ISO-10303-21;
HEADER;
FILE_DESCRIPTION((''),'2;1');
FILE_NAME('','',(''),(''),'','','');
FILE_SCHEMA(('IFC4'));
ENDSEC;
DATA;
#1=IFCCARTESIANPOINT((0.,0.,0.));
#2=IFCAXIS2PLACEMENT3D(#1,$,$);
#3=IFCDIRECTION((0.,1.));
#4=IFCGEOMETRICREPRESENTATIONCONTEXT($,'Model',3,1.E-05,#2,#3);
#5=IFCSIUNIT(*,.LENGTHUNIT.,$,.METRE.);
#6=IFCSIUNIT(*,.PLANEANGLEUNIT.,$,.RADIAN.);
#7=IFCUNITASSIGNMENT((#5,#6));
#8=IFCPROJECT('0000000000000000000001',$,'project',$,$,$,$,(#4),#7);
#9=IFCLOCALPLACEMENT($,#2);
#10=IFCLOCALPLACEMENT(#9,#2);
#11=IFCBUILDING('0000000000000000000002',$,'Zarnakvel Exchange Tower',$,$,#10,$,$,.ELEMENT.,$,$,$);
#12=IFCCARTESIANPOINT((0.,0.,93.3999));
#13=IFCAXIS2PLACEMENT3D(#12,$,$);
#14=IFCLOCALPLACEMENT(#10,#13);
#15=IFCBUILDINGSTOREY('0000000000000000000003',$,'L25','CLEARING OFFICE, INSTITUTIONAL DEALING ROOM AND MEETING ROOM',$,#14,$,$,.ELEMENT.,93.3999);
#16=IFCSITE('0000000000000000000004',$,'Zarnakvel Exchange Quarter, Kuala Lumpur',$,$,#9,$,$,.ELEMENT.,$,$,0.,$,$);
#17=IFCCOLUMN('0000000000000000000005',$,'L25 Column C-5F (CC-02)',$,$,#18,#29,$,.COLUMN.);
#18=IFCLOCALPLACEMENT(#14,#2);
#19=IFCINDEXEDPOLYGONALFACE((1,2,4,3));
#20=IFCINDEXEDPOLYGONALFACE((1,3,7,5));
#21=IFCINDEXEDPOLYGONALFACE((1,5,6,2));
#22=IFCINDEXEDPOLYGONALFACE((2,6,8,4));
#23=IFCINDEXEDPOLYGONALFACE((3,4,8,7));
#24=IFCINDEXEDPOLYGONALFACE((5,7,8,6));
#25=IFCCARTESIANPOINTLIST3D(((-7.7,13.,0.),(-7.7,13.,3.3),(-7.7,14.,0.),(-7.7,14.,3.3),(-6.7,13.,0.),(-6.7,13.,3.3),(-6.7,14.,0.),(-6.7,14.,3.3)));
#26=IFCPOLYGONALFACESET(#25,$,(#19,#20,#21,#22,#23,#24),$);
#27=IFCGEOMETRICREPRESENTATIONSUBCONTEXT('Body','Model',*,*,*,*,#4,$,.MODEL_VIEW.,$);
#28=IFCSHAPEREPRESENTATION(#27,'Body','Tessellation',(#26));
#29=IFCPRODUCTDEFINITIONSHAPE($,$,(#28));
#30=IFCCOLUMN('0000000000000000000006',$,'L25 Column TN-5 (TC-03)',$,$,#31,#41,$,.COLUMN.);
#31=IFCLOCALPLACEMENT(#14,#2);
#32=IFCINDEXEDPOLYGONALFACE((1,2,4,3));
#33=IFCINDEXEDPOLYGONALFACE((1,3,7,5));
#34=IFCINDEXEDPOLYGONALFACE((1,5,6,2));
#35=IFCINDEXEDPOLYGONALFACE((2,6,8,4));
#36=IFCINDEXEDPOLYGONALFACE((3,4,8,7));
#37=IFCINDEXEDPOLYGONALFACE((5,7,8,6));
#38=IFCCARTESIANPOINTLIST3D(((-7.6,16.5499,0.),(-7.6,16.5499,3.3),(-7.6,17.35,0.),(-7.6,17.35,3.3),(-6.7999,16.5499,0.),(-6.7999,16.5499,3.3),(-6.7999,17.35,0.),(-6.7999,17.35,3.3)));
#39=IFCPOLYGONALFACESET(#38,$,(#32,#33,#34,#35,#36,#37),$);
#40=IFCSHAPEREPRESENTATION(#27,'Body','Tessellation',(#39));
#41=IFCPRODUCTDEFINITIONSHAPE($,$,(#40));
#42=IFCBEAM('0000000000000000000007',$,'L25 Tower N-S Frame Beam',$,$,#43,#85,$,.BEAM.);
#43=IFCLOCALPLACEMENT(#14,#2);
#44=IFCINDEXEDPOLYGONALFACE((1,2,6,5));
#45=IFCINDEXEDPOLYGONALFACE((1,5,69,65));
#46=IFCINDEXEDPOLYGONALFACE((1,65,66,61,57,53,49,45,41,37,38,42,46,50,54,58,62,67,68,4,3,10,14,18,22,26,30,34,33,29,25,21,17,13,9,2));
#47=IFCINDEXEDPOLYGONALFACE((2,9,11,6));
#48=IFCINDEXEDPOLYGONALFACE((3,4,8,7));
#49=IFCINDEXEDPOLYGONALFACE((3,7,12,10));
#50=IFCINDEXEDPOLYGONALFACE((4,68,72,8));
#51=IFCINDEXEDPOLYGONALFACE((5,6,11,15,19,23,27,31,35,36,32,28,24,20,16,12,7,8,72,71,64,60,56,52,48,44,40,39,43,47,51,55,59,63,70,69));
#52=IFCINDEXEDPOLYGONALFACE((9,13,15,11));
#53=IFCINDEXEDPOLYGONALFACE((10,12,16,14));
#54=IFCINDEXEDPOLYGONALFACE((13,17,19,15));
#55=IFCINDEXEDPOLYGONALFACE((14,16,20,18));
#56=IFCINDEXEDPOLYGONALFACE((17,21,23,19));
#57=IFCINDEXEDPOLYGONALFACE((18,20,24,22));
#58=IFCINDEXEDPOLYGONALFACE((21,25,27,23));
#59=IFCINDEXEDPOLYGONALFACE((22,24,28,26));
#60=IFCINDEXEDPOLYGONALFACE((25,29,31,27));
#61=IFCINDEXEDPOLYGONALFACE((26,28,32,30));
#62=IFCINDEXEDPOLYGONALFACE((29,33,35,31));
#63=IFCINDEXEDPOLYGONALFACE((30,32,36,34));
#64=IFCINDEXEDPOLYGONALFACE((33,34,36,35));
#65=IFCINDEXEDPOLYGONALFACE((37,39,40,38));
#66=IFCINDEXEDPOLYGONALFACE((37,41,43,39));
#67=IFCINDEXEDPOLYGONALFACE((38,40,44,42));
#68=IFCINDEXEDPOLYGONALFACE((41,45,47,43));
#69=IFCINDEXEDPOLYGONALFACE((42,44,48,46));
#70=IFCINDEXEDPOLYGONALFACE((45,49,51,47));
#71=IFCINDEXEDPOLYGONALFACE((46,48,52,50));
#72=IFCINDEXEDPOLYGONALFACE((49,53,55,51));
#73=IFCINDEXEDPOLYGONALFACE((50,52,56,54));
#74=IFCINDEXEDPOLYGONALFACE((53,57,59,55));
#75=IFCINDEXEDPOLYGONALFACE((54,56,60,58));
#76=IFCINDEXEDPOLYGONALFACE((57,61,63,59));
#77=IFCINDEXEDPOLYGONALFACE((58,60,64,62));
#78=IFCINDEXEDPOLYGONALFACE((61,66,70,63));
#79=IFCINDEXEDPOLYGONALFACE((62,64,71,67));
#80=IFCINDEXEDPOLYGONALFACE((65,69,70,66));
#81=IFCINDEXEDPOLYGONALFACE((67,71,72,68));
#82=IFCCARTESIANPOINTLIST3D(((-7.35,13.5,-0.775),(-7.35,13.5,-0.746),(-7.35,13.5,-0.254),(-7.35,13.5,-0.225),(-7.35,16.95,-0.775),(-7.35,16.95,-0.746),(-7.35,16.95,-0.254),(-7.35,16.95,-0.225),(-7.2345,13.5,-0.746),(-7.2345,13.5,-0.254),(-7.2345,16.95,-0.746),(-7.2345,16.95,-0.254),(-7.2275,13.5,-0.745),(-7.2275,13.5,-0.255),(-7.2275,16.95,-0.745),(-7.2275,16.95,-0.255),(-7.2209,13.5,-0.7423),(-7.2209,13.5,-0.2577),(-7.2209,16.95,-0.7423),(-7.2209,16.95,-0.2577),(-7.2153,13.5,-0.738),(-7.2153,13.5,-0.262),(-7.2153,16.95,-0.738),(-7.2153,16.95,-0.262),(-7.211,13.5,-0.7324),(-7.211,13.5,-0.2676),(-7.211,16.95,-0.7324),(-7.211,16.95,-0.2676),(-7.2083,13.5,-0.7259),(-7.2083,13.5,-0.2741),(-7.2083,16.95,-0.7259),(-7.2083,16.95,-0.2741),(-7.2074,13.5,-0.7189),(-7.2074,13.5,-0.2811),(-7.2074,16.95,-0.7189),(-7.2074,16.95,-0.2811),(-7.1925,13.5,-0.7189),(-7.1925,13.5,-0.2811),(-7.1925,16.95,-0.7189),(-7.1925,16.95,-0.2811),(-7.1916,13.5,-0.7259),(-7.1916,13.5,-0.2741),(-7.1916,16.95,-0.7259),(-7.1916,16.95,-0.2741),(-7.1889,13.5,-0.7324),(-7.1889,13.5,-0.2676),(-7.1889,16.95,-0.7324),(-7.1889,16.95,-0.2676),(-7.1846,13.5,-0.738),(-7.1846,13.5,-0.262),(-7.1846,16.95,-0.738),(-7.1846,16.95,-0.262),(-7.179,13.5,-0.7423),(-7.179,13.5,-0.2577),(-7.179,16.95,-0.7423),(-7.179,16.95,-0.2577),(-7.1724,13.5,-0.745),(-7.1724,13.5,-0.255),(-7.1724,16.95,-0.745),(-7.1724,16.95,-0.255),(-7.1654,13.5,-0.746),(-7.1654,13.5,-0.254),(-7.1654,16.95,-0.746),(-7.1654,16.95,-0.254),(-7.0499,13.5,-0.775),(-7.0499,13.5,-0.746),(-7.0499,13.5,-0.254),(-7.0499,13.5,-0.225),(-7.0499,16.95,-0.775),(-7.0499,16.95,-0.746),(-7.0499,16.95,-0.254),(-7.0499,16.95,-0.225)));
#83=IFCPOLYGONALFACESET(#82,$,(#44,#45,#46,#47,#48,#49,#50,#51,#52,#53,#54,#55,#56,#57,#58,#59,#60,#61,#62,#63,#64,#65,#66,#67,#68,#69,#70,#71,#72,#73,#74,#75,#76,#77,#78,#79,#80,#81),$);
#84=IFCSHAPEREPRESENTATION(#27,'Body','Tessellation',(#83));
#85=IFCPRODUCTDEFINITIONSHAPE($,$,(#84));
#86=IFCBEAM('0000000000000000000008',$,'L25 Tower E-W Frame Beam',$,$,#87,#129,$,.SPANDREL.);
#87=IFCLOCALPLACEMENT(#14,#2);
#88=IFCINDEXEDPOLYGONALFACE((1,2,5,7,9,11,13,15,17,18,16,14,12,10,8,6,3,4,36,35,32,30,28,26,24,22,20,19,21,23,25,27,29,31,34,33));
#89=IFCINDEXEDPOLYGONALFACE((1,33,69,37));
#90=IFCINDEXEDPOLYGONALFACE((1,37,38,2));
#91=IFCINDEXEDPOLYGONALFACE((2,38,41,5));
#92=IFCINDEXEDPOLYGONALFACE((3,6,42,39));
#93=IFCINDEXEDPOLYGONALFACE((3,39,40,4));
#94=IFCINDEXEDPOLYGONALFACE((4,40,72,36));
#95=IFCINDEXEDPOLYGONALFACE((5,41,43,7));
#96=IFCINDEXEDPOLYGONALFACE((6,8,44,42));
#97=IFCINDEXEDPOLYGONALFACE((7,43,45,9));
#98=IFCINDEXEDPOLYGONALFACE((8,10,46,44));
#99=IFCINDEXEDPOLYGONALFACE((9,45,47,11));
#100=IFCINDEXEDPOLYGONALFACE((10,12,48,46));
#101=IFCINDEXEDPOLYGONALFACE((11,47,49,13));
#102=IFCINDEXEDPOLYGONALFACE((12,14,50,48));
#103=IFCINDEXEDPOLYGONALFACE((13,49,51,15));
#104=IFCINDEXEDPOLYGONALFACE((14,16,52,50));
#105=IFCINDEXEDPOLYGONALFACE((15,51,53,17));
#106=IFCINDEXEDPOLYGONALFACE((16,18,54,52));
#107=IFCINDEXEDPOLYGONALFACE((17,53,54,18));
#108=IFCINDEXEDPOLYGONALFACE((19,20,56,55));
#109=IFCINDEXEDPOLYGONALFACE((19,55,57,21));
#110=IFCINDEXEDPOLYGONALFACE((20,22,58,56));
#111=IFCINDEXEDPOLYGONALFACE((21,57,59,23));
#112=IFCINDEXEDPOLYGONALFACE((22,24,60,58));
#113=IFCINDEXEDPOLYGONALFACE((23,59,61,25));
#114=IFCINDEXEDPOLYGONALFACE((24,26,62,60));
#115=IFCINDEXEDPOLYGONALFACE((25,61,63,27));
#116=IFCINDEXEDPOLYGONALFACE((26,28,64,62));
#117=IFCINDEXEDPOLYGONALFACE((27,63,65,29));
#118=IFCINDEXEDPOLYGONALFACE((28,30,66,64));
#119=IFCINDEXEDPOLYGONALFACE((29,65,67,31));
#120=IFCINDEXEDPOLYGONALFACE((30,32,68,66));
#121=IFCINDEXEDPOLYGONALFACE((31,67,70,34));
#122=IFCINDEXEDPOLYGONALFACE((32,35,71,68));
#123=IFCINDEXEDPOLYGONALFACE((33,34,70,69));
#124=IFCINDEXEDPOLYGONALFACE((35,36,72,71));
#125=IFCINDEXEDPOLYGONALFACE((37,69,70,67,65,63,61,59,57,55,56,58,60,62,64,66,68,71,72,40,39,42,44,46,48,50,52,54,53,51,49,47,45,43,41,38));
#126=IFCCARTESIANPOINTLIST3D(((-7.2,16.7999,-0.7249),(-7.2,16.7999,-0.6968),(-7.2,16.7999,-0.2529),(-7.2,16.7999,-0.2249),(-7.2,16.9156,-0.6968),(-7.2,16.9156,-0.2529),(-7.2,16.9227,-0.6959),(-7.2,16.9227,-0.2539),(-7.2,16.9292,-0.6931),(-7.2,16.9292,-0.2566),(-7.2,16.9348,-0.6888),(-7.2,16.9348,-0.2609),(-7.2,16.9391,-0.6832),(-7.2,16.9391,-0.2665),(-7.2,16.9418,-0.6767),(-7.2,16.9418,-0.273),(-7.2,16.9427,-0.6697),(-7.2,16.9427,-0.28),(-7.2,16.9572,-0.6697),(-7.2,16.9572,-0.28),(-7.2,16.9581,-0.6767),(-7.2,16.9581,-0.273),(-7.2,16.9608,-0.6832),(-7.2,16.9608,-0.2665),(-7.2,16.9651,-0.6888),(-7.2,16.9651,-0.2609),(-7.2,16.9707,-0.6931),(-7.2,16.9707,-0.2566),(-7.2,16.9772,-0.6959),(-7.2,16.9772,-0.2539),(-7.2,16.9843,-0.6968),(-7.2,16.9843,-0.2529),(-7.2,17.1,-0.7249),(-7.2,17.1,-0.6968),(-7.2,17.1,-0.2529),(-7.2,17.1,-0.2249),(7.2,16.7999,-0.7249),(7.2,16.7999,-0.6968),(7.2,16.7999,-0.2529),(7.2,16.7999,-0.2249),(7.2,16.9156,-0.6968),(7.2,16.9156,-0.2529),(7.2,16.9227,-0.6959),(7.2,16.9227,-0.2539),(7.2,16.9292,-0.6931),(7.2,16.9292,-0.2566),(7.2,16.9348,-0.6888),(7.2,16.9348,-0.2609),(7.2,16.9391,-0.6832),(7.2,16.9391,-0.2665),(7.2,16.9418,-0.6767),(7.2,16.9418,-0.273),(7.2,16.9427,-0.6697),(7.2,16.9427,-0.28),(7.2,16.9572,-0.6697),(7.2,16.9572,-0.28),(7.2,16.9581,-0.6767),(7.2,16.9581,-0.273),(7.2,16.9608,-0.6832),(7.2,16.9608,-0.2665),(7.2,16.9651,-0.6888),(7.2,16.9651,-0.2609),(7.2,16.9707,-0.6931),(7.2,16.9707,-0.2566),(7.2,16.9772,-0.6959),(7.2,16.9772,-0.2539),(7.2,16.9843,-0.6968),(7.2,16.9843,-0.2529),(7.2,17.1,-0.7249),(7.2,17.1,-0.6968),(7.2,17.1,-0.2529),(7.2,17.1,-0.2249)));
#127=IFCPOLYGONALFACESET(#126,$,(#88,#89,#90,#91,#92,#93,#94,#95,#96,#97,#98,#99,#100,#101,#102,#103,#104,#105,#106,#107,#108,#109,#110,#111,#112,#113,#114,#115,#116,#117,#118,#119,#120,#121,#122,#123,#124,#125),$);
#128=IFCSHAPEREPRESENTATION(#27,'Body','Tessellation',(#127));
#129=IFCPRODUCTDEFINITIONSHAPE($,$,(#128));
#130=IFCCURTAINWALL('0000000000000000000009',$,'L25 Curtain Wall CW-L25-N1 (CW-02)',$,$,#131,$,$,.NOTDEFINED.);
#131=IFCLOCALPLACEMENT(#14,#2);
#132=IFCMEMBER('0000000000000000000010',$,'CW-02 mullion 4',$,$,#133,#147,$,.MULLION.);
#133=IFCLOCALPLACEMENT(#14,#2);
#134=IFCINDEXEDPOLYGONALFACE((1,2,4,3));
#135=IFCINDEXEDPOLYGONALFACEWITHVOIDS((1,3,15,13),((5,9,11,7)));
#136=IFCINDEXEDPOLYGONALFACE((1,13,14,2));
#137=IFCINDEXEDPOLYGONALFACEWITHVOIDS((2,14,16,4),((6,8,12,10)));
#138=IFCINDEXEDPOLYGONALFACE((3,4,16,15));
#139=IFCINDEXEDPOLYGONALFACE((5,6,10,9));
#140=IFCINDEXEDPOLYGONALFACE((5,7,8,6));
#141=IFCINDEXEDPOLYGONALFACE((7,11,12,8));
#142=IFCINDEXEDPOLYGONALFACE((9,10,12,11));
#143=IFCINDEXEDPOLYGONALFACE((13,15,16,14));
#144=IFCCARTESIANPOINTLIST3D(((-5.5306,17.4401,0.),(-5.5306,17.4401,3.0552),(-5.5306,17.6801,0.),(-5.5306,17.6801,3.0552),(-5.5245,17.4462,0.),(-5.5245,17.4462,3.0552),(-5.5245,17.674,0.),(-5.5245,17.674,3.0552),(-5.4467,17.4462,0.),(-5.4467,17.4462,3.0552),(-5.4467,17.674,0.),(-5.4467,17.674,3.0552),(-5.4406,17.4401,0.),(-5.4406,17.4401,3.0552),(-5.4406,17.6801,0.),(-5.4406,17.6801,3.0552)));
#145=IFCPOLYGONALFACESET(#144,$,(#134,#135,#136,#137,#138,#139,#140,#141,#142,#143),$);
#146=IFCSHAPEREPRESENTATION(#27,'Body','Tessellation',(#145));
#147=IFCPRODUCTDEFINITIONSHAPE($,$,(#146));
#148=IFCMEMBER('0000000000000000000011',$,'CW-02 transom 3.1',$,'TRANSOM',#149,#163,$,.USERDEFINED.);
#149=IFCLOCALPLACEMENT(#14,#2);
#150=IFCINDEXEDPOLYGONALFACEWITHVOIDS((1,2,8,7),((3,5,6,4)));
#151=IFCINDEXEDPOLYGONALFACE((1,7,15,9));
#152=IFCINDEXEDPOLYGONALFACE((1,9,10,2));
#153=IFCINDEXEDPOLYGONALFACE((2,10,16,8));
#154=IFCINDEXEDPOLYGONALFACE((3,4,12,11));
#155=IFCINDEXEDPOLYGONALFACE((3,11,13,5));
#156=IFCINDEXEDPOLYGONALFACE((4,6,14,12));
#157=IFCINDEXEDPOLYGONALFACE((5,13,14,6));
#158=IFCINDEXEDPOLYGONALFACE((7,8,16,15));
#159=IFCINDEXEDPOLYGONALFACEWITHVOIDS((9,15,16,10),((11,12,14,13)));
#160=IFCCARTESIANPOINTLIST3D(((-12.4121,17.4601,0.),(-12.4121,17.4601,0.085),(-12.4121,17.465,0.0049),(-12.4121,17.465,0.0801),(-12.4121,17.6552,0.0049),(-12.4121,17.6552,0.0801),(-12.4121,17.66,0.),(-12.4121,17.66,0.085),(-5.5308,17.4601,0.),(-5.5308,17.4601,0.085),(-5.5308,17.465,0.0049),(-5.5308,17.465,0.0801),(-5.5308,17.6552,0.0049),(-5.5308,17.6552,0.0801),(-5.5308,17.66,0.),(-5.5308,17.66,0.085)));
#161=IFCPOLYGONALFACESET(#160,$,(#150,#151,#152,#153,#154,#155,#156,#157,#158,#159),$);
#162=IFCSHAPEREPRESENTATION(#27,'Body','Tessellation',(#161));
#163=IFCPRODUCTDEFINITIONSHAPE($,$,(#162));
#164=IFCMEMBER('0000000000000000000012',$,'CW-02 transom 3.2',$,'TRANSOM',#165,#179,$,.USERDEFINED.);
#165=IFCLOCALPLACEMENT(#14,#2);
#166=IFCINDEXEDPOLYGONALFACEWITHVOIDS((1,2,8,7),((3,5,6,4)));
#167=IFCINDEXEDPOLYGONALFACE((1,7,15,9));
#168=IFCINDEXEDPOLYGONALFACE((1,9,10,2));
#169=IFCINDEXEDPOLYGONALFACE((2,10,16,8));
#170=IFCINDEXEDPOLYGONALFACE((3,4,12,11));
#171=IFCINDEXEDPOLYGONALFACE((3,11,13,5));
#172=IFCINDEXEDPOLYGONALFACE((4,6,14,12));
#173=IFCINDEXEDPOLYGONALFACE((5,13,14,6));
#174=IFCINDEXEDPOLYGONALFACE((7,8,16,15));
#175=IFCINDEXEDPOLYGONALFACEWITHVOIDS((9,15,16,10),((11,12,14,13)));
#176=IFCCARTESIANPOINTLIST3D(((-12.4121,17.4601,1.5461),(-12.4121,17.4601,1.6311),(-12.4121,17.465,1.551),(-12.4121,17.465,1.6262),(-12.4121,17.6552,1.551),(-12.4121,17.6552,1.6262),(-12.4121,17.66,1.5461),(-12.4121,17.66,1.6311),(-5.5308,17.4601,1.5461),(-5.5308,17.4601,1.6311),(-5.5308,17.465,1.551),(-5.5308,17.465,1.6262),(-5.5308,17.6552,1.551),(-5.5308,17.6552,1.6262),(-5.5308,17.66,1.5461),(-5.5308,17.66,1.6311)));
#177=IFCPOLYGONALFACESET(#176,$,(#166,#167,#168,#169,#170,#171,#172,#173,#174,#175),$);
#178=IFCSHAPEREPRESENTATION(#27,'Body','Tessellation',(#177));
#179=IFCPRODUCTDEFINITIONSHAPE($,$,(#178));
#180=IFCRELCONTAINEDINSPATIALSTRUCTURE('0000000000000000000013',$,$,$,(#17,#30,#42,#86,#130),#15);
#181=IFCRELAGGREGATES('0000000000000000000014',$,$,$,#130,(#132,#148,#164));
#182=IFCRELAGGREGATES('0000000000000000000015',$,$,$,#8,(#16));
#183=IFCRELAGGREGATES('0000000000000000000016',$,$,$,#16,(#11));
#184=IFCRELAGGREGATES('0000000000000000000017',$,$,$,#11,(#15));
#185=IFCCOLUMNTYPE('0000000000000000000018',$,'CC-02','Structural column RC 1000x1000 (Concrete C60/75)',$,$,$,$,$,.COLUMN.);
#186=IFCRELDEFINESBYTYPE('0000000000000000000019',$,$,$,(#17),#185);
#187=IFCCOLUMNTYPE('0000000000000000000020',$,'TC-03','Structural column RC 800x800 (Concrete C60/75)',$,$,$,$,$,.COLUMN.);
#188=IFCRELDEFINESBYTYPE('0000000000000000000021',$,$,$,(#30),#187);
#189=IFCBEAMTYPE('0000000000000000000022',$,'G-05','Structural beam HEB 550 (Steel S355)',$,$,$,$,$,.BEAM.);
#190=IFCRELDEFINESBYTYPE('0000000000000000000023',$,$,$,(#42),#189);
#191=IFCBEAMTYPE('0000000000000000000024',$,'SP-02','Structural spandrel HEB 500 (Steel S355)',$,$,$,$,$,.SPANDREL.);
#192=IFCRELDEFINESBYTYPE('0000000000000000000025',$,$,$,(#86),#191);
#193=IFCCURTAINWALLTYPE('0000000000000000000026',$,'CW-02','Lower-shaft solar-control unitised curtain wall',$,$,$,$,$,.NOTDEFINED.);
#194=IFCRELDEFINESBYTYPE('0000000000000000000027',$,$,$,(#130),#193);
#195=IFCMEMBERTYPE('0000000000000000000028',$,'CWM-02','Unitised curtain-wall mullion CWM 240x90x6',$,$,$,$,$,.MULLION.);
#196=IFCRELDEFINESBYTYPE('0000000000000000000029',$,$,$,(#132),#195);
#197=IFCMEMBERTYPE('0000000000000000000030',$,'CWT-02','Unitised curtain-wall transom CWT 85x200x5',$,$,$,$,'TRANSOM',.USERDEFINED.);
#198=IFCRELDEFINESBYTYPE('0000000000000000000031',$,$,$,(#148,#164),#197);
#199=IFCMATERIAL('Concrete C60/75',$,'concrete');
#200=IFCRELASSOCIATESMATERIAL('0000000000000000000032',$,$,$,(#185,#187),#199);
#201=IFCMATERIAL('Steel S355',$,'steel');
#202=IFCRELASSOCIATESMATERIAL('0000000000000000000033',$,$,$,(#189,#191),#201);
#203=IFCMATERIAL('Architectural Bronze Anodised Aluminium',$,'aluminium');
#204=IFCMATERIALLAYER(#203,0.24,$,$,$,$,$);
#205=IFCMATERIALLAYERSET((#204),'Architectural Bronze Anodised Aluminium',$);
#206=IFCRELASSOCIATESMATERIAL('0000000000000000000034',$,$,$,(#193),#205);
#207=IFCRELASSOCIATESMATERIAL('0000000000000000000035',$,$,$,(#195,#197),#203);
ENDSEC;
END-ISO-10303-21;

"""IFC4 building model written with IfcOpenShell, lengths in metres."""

from ifc_helpers import new_model, si_unit, direction, frame, origin, origin_2d, place, context, subcontext, project, spatial, rectangle, hollow_rectangle, i_section, extrude, source, transform, mapped, material, layer, layer_set, material_profile, profile_set, type_object, element, aggregate, save


model = new_model("IFC4")

# Units and contexts
model_context = context("Model", 3, precision=1e-05, world=origin(), true_north=direction((0.0, 1.0)))
body_context = subcontext(model_context, "Body", "Model", "MODEL_VIEW")
ifc_project = project(units=[si_unit("LENGTHUNIT", "METRE"), si_unit("PLANEANGLEUNIT", "RADIAN")], contexts=[model_context])

# Site, building, storey
site_placement = place(None, origin())
site = spatial("IfcSite", under=ifc_project, at=site_placement, Name="Zarnakvel Exchange Quarter, Kuala Lumpur", CompositionType="ELEMENT", RefElevation=0.0)
building_placement = place(site_placement, origin())
building = spatial("IfcBuilding", under=site, at=building_placement, Name="Zarnakvel Exchange Tower", CompositionType="ELEMENT")
storey_placement = place(building_placement, frame((0.0, 0.0, 93.3999)))
storey = spatial("IfcBuildingStorey", under=building, at=storey_placement, Name="L25", Description="CLEARING OFFICE, INSTITUTIONAL DEALING ROOM AND MEETING ROOM", CompositionType="ELEMENT", Elevation=93.3999)

# Columns
ifc_material_1 = material(Name="Concrete C60/75", Category="concrete")
ifc_material_profile_1 = material_profile(ifc_material_1, rectangle(XDim=1.0, YDim=1.0, at=origin_2d()))
ifc_profile_set_1 = profile_set([ifc_material_profile_1], Name="Concrete C60/75")
column_type_1 = type_object("IfcColumnType", Name="CC-02", Description="Structural column RC 1000x1000 (Concrete C60/75)", PredefinedType="COLUMN", material=ifc_profile_set_1)
column_1_placement = place(storey_placement, frame((-7.2, 13.5, 0.0), z_axis=(0.0, 0.0, 1.0), x_axis=(1.0, 0.0, 0.0)))
element("IfcColumn", 1, at=column_1_placement, inside=storey, type_object=column_type_1, Name="L25 Column C-5F (CC-02)", PredefinedType="COLUMN", context=body_context, shape_type="SweptSolid", body=[
    extrude(rectangle(XDim=1.0, YDim=1.0, at=origin_2d()), origin(), (0.0, 0.0, 1.0), 3.3),
])
ifc_material_profile_2 = material_profile(ifc_material_1, rectangle(XDim=0.8, YDim=0.8, at=origin_2d()))
ifc_profile_set_2 = profile_set([ifc_material_profile_2], Name="Concrete C60/75")
column_type_2 = type_object("IfcColumnType", Name="TC-03", Description="Structural column RC 800x800 (Concrete C60/75)", PredefinedType="COLUMN", material=ifc_profile_set_2)
column_2_placement = place(storey_placement, frame((-7.2, 16.95, 0.0), z_axis=(0.0, 0.0, 1.0), x_axis=(1.0, 0.0, 0.0)))
element("IfcColumn", 2, at=column_2_placement, inside=storey, type_object=column_type_2, Name="L25 Column TN-5 (TC-03)", PredefinedType="COLUMN", context=body_context, shape_type="SweptSolid", body=[
    extrude(rectangle(XDim=0.8, YDim=0.8, at=origin_2d()), origin(), (0.0, 0.0, 1.0), 3.3),
])

# Beams
ifc_material_2 = material(Name="Steel S355", Category="steel")
ifc_material_profile_3 = material_profile(ifc_material_2, i_section(OverallWidth=0.3, OverallDepth=0.55, WebThickness=0.0149, FlangeThickness=0.0291, FilletRadius=0.0271, at=origin_2d()))
ifc_profile_set_3 = profile_set([ifc_material_profile_3], Name="Steel S355")
beam_type_1 = type_object("IfcBeamType", Name="G-05", Description="Structural beam HEB 550 (Steel S355)", PredefinedType="BEAM", material=ifc_profile_set_3)
beam_1_placement = place(storey_placement, frame((-7.2, 13.5, -0.5), z_axis=(0.0, 1.0, 0.0), x_axis=(-1.0, 0.0, 0.0)))
element("IfcBeam", 3, at=beam_1_placement, inside=storey, type_object=beam_type_1, Name="L25 Tower N-S Frame Beam", PredefinedType="BEAM", context=body_context, shape_type="SweptSolid", body=[
    extrude(i_section(OverallWidth=0.3, OverallDepth=0.55, WebThickness=0.0149, FlangeThickness=0.0291, FilletRadius=0.0271, at=origin_2d()), origin(), (0.0, 0.0, 1.0), 3.45),
])
ifc_material_profile_4 = material_profile(ifc_material_2, i_section(OverallWidth=0.3, OverallDepth=0.5, WebThickness=0.0144, FlangeThickness=0.0281, FilletRadius=0.0271, at=origin_2d()))
ifc_profile_set_4 = profile_set([ifc_material_profile_4], Name="Steel S355")
beam_type_2 = type_object("IfcBeamType", Name="SP-02", Description="Structural spandrel HEB 500 (Steel S355)", PredefinedType="SPANDREL", material=ifc_profile_set_4)
beam_2_placement = place(storey_placement, frame((-7.2, 16.95, -0.4749), z_axis=(1.0, 0.0, 0.0), x_axis=(0.0, 1.0, 0.0)))
element("IfcBeam", 4, at=beam_2_placement, inside=storey, type_object=beam_type_2, Name="L25 Tower E-W Frame Beam", PredefinedType="SPANDREL", context=body_context, shape_type="SweptSolid", body=[
    extrude(i_section(OverallWidth=0.3, OverallDepth=0.5, WebThickness=0.0144, FlangeThickness=0.0281, FilletRadius=0.0271, at=origin_2d()), origin(), (0.0, 0.0, 1.0), 14.3999),
])

# Curtain wall, members
ifc_material_3 = material(Name="Architectural Bronze Anodised Aluminium", Category="aluminium")
ifc_layer_1 = layer(ifc_material_3, 0.24)
ifc_layer_set_1 = layer_set([ifc_layer_1], Name="Architectural Bronze Anodised Aluminium")
curtain_wall_type = type_object("IfcCurtainWallType", Name="CW-02", Description="Lower-shaft solar-control unitised curtain wall", PredefinedType="NOTDEFINED", material=ifc_layer_set_1)
curtain_wall_placement = place(storey_placement, origin())
curtain_wall = element("IfcCurtainWall", 5, at=curtain_wall_placement, inside=storey, type_object=curtain_wall_type, Name="L25 Curtain Wall CW-L25-N1 (CW-02)", PredefinedType="NOTDEFINED")
ifc_material_profile_5 = material_profile(ifc_material_3, hollow_rectangle(XDim=0.24, YDim=0.0901, WallThickness=0.0061, at=origin_2d()))
ifc_profile_set_5 = profile_set([ifc_material_profile_5], Name="Architectural Bronze Anodised Aluminium")
member_type_1 = type_object("IfcMemberType", Name="CWM-02", Description="Unitised curtain-wall mullion CWM 240x90x6", PredefinedType="MULLION", material=ifc_profile_set_5)
shared_shape_1 = source(origin(), body_context, "Body", "SweptSolid", [
    extrude(hollow_rectangle(XDim=0.24, YDim=0.0901, WallThickness=0.0061, at=origin_2d()), origin(), (0.0, 0.0, 1.0), 3.0552),
])
member_1_placement = place(storey_placement, frame((-5.4856, 17.5601, 0.0), z_axis=(0.0, 0.0, 1.0), x_axis=(0.0, 1.0, 0.0)))
member_1 = element("IfcMember", 6, at=member_1_placement, type_object=member_type_1, Name="CW-02 mullion 4", PredefinedType="MULLION", context=body_context, shape_type="MappedRepresentation", body=[
    mapped(shared_shape_1, transform((0.0, 0.0, 0.0), x_axis=(1.0, 0.0, 0.0), y_axis=(0.0, 1.0, 0.0), z_axis=(0.0, 0.0, 1.0), scale=1.0)),
])
ifc_material_profile_6 = material_profile(ifc_material_3, hollow_rectangle(XDim=0.2, YDim=0.085, WallThickness=0.0049, at=origin_2d()))
ifc_profile_set_6 = profile_set([ifc_material_profile_6], Name="Architectural Bronze Anodised Aluminium")
member_type_2 = type_object("IfcMemberType", Name="CWT-02", Description="Unitised curtain-wall transom CWT 85x200x5", ElementType="TRANSOM", PredefinedType="USERDEFINED", material=ifc_profile_set_6)
shared_shape_2 = source(origin(), body_context, "Body", "SweptSolid", [
    extrude(hollow_rectangle(XDim=0.2, YDim=0.085, WallThickness=0.0049, at=origin_2d()), origin(), (0.0, 0.0, 1.0), 6.8813),
])
member_2_placement = place(storey_placement, frame((-12.4121, 17.5601, 0.0425), z_axis=(1.0, 0.0, 0.0), x_axis=(0.0, 1.0, 0.0)))
member_2 = element("IfcMember", 7, at=member_2_placement, type_object=member_type_2, Name="CW-02 transom 3.1", ObjectType="TRANSOM", PredefinedType="USERDEFINED", context=body_context, shape_type="MappedRepresentation", body=[
    mapped(shared_shape_2, transform((0.0, 0.0, 0.0), x_axis=(1.0, 0.0, 0.0), y_axis=(0.0, 1.0, 0.0), z_axis=(0.0, 0.0, 1.0), scale=1.0)),
])
member_3_placement = place(storey_placement, frame((-12.4121, 17.5601, 1.5886), z_axis=(1.0, 0.0, 0.0), x_axis=(0.0, 1.0, 0.0)))
member_3 = element("IfcMember", 8, at=member_3_placement, type_object=member_type_2, Name="CW-02 transom 3.2", ObjectType="TRANSOM", PredefinedType="USERDEFINED", context=body_context, shape_type="MappedRepresentation", body=[
    mapped(shared_shape_2, transform((0.0, 0.0, 0.0), x_axis=(1.0, 0.0, 0.0), y_axis=(0.0, 1.0, 0.0), z_axis=(0.0, 0.0, 1.0), scale=1.0)),
])
aggregate(curtain_wall, [member_1, member_2, member_3])

save(model, "model.ifc")
